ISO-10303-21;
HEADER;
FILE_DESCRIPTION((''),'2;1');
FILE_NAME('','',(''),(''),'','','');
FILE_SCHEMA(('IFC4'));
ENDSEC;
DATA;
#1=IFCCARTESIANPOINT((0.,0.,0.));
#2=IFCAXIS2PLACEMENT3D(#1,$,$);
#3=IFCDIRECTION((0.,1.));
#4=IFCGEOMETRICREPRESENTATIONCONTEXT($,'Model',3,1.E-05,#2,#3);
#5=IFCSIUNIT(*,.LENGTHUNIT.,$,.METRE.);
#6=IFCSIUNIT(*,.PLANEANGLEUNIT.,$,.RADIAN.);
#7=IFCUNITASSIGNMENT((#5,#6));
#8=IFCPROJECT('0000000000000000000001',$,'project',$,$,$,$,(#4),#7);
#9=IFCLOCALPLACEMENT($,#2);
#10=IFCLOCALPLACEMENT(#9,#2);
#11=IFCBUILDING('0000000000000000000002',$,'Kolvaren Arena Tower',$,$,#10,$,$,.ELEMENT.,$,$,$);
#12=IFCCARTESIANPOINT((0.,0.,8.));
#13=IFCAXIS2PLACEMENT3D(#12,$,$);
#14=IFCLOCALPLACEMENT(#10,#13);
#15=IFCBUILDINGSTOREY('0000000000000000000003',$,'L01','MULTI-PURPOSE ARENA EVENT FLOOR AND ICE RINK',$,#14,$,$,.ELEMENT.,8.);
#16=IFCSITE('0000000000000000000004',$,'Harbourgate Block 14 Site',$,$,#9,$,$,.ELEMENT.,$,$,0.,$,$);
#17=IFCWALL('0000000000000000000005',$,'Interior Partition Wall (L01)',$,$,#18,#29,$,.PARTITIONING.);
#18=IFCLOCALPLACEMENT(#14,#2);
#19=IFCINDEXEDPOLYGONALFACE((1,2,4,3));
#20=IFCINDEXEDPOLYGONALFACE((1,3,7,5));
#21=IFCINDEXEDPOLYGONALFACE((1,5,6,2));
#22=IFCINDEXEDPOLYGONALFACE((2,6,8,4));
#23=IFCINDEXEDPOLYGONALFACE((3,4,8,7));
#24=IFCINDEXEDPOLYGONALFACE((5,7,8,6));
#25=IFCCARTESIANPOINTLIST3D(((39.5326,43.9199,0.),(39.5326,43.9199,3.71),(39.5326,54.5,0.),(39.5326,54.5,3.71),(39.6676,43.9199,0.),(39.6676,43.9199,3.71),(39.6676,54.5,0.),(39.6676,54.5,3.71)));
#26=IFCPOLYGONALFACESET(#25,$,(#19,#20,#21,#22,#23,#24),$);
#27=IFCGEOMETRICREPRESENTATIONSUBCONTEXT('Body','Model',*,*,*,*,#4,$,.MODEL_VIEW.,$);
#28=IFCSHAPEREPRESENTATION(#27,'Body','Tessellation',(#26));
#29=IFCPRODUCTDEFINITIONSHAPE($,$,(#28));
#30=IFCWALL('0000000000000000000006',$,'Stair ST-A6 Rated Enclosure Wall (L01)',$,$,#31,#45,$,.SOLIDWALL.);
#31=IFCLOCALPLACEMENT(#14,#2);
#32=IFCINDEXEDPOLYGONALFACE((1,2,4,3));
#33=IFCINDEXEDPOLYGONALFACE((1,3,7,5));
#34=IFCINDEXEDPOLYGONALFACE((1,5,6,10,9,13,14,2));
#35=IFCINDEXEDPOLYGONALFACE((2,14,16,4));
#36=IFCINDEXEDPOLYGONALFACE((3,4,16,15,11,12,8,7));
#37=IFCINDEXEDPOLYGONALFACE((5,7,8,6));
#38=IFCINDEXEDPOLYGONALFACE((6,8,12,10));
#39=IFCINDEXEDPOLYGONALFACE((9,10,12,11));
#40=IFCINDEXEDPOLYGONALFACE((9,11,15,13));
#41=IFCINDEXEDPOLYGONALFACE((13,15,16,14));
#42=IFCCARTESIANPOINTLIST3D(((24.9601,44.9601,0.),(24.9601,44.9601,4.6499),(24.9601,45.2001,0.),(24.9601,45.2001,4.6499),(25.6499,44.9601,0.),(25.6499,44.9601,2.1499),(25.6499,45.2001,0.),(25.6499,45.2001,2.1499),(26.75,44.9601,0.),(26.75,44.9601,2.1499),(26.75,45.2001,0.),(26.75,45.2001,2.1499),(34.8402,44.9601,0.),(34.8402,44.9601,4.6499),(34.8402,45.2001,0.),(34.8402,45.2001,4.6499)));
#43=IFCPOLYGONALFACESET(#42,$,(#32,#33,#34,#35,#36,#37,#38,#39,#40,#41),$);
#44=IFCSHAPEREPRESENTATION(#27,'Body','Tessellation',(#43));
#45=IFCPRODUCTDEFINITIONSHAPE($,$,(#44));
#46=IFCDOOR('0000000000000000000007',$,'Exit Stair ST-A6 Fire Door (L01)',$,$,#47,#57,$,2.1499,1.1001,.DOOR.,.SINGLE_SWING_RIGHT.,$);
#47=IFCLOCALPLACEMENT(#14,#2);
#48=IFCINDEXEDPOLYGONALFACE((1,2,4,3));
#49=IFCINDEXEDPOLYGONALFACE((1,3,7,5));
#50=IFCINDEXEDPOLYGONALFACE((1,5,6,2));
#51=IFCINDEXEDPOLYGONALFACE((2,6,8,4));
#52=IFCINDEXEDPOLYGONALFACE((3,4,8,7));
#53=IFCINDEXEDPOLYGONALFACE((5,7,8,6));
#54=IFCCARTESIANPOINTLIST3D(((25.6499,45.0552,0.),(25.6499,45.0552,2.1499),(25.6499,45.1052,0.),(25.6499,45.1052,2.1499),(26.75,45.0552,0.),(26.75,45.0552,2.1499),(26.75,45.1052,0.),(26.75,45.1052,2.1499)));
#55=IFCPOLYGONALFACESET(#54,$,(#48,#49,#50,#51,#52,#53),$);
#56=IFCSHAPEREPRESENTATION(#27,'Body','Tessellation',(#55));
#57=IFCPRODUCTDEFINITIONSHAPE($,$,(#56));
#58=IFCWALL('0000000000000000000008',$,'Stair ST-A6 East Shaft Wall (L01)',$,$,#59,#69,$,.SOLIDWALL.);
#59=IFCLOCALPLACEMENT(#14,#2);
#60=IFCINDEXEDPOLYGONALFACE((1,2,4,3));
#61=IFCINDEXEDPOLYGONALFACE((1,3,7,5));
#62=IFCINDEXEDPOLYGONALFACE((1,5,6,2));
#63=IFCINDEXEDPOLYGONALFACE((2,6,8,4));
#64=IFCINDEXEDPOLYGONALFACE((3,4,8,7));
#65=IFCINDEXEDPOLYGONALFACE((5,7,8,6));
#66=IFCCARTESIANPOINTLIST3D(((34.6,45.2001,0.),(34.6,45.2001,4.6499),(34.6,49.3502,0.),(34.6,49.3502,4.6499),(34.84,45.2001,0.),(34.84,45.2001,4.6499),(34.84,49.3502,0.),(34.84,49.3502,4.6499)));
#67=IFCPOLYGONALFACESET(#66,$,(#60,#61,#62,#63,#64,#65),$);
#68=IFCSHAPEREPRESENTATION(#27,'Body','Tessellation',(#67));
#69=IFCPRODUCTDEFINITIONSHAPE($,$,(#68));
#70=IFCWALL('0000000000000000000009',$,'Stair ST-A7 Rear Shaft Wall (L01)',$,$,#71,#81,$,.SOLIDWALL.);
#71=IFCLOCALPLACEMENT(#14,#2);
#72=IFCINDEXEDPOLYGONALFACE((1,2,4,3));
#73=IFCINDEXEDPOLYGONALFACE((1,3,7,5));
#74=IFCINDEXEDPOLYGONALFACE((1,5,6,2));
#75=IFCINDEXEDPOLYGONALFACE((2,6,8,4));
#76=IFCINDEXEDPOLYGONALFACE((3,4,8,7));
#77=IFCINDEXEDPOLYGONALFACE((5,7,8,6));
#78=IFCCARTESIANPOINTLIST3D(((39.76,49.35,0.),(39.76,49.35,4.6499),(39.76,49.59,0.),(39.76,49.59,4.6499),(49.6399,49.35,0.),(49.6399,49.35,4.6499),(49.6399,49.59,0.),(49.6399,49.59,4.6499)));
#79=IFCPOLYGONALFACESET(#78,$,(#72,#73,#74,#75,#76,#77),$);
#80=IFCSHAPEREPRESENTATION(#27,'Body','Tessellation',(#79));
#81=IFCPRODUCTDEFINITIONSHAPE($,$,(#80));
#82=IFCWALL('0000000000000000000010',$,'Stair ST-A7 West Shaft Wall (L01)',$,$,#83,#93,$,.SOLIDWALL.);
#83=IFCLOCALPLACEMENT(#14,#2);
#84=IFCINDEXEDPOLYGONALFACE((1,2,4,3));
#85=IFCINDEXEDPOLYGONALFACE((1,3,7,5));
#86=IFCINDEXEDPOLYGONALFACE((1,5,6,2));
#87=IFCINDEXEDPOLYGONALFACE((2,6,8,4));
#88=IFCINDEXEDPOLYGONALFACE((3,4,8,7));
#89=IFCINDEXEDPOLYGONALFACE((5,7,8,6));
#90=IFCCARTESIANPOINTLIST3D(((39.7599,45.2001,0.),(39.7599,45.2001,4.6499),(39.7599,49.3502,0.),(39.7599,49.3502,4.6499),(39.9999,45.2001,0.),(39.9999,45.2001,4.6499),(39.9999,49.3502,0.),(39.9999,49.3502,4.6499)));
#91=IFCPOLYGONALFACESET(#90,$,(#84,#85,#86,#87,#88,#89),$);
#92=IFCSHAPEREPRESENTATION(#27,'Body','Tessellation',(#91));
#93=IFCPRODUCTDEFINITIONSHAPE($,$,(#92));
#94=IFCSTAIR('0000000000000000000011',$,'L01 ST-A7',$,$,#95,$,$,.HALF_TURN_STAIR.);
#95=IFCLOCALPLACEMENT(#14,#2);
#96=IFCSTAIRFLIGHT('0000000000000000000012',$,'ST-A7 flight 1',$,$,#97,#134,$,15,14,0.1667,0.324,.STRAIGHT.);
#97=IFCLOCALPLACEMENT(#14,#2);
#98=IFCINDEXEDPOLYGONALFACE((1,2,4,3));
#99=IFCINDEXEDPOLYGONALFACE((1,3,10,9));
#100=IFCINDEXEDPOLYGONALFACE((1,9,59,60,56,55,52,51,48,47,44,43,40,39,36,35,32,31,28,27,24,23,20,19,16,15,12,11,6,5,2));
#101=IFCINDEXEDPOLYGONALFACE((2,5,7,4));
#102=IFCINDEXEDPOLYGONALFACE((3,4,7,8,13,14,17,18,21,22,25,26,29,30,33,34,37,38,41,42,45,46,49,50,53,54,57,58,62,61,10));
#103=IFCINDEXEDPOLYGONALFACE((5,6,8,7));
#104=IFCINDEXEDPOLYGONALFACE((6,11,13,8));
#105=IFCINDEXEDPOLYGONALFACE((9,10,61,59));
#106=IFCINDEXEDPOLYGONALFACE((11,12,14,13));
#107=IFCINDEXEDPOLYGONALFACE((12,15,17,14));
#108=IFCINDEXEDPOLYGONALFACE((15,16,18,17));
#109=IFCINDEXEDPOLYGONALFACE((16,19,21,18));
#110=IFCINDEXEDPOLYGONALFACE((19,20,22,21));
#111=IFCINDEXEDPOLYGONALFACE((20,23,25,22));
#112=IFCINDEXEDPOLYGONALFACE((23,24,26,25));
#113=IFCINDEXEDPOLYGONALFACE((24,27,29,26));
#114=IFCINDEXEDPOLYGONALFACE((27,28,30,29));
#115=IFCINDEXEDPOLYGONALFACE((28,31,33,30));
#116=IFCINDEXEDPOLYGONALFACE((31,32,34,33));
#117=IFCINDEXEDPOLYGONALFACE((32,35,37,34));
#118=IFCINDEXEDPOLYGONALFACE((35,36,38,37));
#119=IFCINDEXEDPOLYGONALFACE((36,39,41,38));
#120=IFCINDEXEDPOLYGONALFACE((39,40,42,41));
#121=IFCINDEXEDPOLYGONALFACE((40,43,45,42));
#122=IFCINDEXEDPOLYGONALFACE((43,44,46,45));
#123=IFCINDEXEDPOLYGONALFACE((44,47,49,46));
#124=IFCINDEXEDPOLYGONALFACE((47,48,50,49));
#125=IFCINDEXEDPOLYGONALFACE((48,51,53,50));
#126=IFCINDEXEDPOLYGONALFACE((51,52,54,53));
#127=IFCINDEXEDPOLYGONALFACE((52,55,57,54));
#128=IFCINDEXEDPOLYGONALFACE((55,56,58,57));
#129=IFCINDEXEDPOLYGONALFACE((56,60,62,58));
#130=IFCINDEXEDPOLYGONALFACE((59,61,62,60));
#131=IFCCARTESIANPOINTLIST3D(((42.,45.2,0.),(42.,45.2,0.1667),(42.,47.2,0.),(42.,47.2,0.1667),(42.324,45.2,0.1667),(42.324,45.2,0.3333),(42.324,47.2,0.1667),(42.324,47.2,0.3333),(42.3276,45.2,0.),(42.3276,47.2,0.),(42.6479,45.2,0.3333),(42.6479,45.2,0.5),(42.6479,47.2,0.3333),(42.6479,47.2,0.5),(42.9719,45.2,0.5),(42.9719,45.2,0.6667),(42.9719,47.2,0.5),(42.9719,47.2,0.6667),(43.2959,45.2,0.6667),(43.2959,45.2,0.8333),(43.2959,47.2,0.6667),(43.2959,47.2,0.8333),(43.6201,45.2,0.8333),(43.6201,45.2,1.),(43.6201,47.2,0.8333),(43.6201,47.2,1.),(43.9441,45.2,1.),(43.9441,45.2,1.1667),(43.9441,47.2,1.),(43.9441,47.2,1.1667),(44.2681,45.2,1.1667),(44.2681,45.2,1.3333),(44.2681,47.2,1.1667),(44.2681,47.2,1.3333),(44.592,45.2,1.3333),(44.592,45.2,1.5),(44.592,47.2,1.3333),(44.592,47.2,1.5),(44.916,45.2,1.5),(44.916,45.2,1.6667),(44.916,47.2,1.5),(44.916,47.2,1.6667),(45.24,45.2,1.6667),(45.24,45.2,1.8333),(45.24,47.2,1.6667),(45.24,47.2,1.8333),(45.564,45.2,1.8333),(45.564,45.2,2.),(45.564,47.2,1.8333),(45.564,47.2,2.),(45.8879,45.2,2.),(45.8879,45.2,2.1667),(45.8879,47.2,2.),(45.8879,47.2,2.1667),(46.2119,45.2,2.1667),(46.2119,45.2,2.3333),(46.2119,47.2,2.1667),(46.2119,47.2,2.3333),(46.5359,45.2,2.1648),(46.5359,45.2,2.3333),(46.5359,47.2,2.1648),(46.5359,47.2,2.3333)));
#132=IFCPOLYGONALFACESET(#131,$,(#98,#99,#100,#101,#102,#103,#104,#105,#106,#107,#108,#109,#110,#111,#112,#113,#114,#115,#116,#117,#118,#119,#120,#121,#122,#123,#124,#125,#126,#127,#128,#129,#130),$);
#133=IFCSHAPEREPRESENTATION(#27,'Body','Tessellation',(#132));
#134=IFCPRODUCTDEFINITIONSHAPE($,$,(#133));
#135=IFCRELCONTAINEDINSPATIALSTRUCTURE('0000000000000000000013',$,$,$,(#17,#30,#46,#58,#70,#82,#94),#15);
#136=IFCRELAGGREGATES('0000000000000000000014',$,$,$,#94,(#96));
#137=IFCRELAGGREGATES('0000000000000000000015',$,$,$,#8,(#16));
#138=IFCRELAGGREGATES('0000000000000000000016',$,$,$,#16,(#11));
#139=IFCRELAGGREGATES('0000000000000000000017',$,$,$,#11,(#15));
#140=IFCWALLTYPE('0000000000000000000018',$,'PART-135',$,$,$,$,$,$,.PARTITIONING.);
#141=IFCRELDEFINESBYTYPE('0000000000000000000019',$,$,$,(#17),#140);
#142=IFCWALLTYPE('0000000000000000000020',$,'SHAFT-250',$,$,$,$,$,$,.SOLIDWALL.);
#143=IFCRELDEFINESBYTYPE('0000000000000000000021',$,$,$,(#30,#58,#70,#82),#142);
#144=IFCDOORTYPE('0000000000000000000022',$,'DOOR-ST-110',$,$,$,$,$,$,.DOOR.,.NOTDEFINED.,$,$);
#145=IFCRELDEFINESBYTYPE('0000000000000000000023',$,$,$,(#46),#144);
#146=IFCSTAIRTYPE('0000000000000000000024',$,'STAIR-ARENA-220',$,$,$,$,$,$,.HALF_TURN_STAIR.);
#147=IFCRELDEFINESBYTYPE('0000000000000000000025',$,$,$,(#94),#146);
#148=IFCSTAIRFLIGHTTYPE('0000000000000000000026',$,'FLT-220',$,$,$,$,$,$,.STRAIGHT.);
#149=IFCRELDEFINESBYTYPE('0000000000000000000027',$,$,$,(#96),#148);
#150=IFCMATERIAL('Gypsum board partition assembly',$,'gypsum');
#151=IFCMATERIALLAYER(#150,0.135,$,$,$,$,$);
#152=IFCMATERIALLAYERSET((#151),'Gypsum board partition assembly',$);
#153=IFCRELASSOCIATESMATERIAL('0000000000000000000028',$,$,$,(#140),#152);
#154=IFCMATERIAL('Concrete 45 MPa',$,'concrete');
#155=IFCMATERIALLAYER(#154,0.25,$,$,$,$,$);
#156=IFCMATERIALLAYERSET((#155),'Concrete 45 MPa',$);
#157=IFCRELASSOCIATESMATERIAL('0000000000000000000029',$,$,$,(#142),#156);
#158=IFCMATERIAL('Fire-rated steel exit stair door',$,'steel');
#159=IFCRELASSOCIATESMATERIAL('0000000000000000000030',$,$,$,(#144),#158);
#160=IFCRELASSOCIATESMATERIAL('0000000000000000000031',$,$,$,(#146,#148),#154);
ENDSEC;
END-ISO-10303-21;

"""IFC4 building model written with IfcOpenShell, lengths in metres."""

from ifc_helpers import new_model, si_unit, direction, frame, frame_2d, origin, place, context, subcontext, project, spatial, polyline, rectangle, outline, extrude, material, layer, layer_set, type_object, element, fill, aggregate, save


model = new_model("IFC4")

# Units and contexts
model_context = context("Model", 3, precision=1e-05, world=origin(), true_north=direction((0.0, 1.0)))
body_context = subcontext(model_context, "Body", "Model", "MODEL_VIEW")
ifc_project = project(units=[si_unit("LENGTHUNIT", "METRE"), si_unit("PLANEANGLEUNIT", "RADIAN")], contexts=[model_context])

# Site, building, storey
site_placement = place(None, origin())
site = spatial("IfcSite", under=ifc_project, at=site_placement, Name="Harbourgate Block 14 Site", CompositionType="ELEMENT", RefElevation=0.0)
building_placement = place(site_placement, origin())
building = spatial("IfcBuilding", under=site, at=building_placement, Name="Kolvaren Arena Tower", CompositionType="ELEMENT")
storey_placement = place(building_placement, frame((0.0, 0.0, 8.0)))
storey = spatial("IfcBuildingStorey", under=building, at=storey_placement, Name="L01", Description="MULTI-PURPOSE ARENA EVENT FLOOR AND ICE RINK", CompositionType="ELEMENT", Elevation=8.0)

# Wall
ifc_material_1 = material(Name="Gypsum board partition assembly", Category="gypsum")
ifc_layer_1 = layer(ifc_material_1, 0.135)
ifc_layer_set_1 = layer_set([ifc_layer_1], Name="Gypsum board partition assembly")
wall_type_1 = type_object("IfcWallType", Name="PART-135", PredefinedType="PARTITIONING", material=ifc_layer_set_1)
for number, where, z_axis, x_axis, name in (
    (1, (39.6001, 43.9199, 0.0), (0.0, 0.0, 1.0), (0.0, 1.0, 0.0), "Interior Partition Wall (L01)"),
):
    element("IfcWall", number, at=place(storey_placement, frame(where, z_axis=z_axis, x_axis=x_axis)), inside=storey, type_object=wall_type_1, Name=name, PredefinedType="PARTITIONING", context=body_context, shape_type="SweptSolid", body=[
        extrude(rectangle(XDim=10.5801, YDim=0.135, at=frame_2d((5.29, 0.0))), origin(), (0.0, 0.0, 1.0), 3.71),
    ])

# Wall, opening, door
ifc_material_2 = material(Name="Concrete 45 MPa", Category="concrete")
ifc_layer_2 = layer(ifc_material_2, 0.25)
ifc_layer_set_2 = layer_set([ifc_layer_2], Name="Concrete 45 MPa")
wall_type_2 = type_object("IfcWallType", Name="SHAFT-250", PredefinedType="SOLIDWALL", material=ifc_layer_set_2)
wall_1_placement = place(storey_placement, frame((34.8401, 45.0801, 0.0), z_axis=(0.0, 0.0, 1.0), x_axis=(-1.0, 0.0, 0.0)))
wall_1 = element("IfcWall", 2, at=wall_1_placement, inside=storey, type_object=wall_type_2, Name="Stair ST-A6 Rated Enclosure Wall (L01)", PredefinedType="SOLIDWALL", context=body_context, shape_type="SweptSolid", body=[
    extrude(rectangle(XDim=9.8801, YDim=0.24, at=frame_2d((4.9399, 0.0))), origin(), (0.0, 0.0, 1.0), 4.6499),
])
opening_1_placement = place(wall_1_placement, frame((8.0901, 0.0, 0.0)))
opening_1 = element("IfcOpeningElement", 3, at=opening_1_placement, cuts=wall_1, PredefinedType="OPENING", context=body_context, shape_type="SweptSolid", body=[
    extrude(rectangle(XDim=1.1001, YDim=2.1499, at=frame_2d((0.55, 1.075))), frame((0.0, 0.1299, 0.0), z_axis=(0.0, -1.0, 0.0), x_axis=(1.0, 0.0, 0.0)), (0.0, 0.0, 1.0), 0.26),
])
ifc_material_3 = material(Name="Fire-rated steel exit stair door", Category="steel")
door_type_1 = type_object("IfcDoorType", Name="DOOR-ST-110", OperationType="NOTDEFINED", PredefinedType="DOOR", material=ifc_material_3)
door_1_placement = place(opening_1_placement, origin())
door_1 = element("IfcDoor", 4, at=door_1_placement, inside=storey, type_object=door_type_1, Name="Exit Stair ST-A6 Fire Door (L01)", OperationType="SINGLE_SWING_RIGHT", OverallHeight=2.1499, OverallWidth=1.1001, PredefinedType="DOOR", context=body_context, shape_type="SweptSolid", body=[
    extrude(rectangle(XDim=1.1001, YDim=2.1499, at=frame_2d((0.55, 1.075))), frame((0.0, 0.0249, 0.0), z_axis=(0.0, -1.0, 0.0), x_axis=(1.0, 0.0, 0.0)), (0.0, 0.0, 1.0), 0.05),
])
fill(opening_1, door_1)

# Walls
wall_2_placement = place(storey_placement, frame((34.72, 45.2, 0.0), z_axis=(0.0, 0.0, 1.0), x_axis=(0.0, 1.0, 0.0)))
element("IfcWall", 5, at=wall_2_placement, inside=storey, type_object=wall_type_2, Name="Stair ST-A6 East Shaft Wall (L01)", PredefinedType="SOLIDWALL", context=body_context, shape_type="SweptSolid", body=[
    extrude(rectangle(XDim=4.1501, YDim=0.24, at=frame_2d((2.0752, 0.0))), origin(), (0.0, 0.0, 1.0), 4.6499),
])
wall_3_placement = place(storey_placement, frame((39.76, 49.47, 0.0), z_axis=(0.0, 0.0, 1.0), x_axis=(1.0, 0.0, 0.0)))
element("IfcWall", 6, at=wall_3_placement, inside=storey, type_object=wall_type_2, Name="Stair ST-A7 Rear Shaft Wall (L01)", PredefinedType="SOLIDWALL", context=body_context, shape_type="SweptSolid", body=[
    extrude(rectangle(XDim=9.8799, YDim=0.24, at=frame_2d((4.9399, 0.0))), origin(), (0.0, 0.0, 1.0), 4.6499),
])
wall_4_placement = place(storey_placement, frame((39.8799, 45.2, 0.0), z_axis=(0.0, 0.0, 1.0), x_axis=(0.0, 1.0, 0.0)))
element("IfcWall", 7, at=wall_4_placement, inside=storey, type_object=wall_type_2, Name="Stair ST-A7 West Shaft Wall (L01)", PredefinedType="SOLIDWALL", context=body_context, shape_type="SweptSolid", body=[
    extrude(rectangle(XDim=4.1501, YDim=0.24, at=frame_2d((2.0752, 0.0))), origin(), (0.0, 0.0, 1.0), 4.6499),
])

# Stair, stair flight
stair_type = type_object("IfcStairType", Name="STAIR-ARENA-220", PredefinedType="HALF_TURN_STAIR", material=ifc_material_2)
stair_placement = place(storey_placement, origin())
stair = element("IfcStair", 8, at=stair_placement, inside=storey, type_object=stair_type, Name="L01 ST-A7", PredefinedType="HALF_TURN_STAIR")
stair_flight_type = type_object("IfcStairFlightType", Name="FLT-220", PredefinedType="STRAIGHT", material=ifc_material_2)
stair_flight_placement = place(storey_placement, frame((42.0, 46.2, 0.0), z_axis=(0.0, 0.0, 1.0), x_axis=(1.0, 0.0, 0.0)))
stair_flight = element("IfcStairFlight", 9, at=stair_flight_placement, type_object=stair_flight_type, Name="ST-A7 flight 1", NumberOfRisers=15, NumberOfTreads=14, PredefinedType="STRAIGHT", RiserHeight=0.1667, TreadLength=0.324, context=body_context, shape_type="SweptSolid", body=[
    extrude(outline(polyline([(0.0, 0.0), (0.0, 0.1667), (0.324, 0.1667), (0.324, 0.3333), (0.6479, 0.3333), (0.6479, 0.5), (0.9719, 0.5), (0.9719, 0.6667), (1.2959, 0.6667), (1.2959, 0.8333), (1.6201, 0.8333), (1.6201, 1.0), (1.9441, 1.0), (1.9441, 1.1667), (2.2681, 1.1667), (2.2681, 1.3333), (2.592, 1.3333), (2.592, 1.5), (2.916, 1.5), (2.916, 1.6667), (3.24, 1.6667), (3.24, 1.8333), (3.564, 1.8333), (3.564, 2.0), (3.8879, 2.0), (3.8879, 2.1667), (4.2119, 2.1667), (4.2119, 2.3333), (4.5359, 2.3333), (4.5359, 2.5), (4.5359, 2.1648), (0.3276, 0.0), (0.0, 0.0)])), frame((0.0, 1.0, 0.0), z_axis=(0.0, -1.0, 0.0), x_axis=(1.0, 0.0, 0.0)), (0.0, 0.0, 1.0), 2.0),
])
aggregate(stair, [stair_flight])

save(model, "model.ifc")
